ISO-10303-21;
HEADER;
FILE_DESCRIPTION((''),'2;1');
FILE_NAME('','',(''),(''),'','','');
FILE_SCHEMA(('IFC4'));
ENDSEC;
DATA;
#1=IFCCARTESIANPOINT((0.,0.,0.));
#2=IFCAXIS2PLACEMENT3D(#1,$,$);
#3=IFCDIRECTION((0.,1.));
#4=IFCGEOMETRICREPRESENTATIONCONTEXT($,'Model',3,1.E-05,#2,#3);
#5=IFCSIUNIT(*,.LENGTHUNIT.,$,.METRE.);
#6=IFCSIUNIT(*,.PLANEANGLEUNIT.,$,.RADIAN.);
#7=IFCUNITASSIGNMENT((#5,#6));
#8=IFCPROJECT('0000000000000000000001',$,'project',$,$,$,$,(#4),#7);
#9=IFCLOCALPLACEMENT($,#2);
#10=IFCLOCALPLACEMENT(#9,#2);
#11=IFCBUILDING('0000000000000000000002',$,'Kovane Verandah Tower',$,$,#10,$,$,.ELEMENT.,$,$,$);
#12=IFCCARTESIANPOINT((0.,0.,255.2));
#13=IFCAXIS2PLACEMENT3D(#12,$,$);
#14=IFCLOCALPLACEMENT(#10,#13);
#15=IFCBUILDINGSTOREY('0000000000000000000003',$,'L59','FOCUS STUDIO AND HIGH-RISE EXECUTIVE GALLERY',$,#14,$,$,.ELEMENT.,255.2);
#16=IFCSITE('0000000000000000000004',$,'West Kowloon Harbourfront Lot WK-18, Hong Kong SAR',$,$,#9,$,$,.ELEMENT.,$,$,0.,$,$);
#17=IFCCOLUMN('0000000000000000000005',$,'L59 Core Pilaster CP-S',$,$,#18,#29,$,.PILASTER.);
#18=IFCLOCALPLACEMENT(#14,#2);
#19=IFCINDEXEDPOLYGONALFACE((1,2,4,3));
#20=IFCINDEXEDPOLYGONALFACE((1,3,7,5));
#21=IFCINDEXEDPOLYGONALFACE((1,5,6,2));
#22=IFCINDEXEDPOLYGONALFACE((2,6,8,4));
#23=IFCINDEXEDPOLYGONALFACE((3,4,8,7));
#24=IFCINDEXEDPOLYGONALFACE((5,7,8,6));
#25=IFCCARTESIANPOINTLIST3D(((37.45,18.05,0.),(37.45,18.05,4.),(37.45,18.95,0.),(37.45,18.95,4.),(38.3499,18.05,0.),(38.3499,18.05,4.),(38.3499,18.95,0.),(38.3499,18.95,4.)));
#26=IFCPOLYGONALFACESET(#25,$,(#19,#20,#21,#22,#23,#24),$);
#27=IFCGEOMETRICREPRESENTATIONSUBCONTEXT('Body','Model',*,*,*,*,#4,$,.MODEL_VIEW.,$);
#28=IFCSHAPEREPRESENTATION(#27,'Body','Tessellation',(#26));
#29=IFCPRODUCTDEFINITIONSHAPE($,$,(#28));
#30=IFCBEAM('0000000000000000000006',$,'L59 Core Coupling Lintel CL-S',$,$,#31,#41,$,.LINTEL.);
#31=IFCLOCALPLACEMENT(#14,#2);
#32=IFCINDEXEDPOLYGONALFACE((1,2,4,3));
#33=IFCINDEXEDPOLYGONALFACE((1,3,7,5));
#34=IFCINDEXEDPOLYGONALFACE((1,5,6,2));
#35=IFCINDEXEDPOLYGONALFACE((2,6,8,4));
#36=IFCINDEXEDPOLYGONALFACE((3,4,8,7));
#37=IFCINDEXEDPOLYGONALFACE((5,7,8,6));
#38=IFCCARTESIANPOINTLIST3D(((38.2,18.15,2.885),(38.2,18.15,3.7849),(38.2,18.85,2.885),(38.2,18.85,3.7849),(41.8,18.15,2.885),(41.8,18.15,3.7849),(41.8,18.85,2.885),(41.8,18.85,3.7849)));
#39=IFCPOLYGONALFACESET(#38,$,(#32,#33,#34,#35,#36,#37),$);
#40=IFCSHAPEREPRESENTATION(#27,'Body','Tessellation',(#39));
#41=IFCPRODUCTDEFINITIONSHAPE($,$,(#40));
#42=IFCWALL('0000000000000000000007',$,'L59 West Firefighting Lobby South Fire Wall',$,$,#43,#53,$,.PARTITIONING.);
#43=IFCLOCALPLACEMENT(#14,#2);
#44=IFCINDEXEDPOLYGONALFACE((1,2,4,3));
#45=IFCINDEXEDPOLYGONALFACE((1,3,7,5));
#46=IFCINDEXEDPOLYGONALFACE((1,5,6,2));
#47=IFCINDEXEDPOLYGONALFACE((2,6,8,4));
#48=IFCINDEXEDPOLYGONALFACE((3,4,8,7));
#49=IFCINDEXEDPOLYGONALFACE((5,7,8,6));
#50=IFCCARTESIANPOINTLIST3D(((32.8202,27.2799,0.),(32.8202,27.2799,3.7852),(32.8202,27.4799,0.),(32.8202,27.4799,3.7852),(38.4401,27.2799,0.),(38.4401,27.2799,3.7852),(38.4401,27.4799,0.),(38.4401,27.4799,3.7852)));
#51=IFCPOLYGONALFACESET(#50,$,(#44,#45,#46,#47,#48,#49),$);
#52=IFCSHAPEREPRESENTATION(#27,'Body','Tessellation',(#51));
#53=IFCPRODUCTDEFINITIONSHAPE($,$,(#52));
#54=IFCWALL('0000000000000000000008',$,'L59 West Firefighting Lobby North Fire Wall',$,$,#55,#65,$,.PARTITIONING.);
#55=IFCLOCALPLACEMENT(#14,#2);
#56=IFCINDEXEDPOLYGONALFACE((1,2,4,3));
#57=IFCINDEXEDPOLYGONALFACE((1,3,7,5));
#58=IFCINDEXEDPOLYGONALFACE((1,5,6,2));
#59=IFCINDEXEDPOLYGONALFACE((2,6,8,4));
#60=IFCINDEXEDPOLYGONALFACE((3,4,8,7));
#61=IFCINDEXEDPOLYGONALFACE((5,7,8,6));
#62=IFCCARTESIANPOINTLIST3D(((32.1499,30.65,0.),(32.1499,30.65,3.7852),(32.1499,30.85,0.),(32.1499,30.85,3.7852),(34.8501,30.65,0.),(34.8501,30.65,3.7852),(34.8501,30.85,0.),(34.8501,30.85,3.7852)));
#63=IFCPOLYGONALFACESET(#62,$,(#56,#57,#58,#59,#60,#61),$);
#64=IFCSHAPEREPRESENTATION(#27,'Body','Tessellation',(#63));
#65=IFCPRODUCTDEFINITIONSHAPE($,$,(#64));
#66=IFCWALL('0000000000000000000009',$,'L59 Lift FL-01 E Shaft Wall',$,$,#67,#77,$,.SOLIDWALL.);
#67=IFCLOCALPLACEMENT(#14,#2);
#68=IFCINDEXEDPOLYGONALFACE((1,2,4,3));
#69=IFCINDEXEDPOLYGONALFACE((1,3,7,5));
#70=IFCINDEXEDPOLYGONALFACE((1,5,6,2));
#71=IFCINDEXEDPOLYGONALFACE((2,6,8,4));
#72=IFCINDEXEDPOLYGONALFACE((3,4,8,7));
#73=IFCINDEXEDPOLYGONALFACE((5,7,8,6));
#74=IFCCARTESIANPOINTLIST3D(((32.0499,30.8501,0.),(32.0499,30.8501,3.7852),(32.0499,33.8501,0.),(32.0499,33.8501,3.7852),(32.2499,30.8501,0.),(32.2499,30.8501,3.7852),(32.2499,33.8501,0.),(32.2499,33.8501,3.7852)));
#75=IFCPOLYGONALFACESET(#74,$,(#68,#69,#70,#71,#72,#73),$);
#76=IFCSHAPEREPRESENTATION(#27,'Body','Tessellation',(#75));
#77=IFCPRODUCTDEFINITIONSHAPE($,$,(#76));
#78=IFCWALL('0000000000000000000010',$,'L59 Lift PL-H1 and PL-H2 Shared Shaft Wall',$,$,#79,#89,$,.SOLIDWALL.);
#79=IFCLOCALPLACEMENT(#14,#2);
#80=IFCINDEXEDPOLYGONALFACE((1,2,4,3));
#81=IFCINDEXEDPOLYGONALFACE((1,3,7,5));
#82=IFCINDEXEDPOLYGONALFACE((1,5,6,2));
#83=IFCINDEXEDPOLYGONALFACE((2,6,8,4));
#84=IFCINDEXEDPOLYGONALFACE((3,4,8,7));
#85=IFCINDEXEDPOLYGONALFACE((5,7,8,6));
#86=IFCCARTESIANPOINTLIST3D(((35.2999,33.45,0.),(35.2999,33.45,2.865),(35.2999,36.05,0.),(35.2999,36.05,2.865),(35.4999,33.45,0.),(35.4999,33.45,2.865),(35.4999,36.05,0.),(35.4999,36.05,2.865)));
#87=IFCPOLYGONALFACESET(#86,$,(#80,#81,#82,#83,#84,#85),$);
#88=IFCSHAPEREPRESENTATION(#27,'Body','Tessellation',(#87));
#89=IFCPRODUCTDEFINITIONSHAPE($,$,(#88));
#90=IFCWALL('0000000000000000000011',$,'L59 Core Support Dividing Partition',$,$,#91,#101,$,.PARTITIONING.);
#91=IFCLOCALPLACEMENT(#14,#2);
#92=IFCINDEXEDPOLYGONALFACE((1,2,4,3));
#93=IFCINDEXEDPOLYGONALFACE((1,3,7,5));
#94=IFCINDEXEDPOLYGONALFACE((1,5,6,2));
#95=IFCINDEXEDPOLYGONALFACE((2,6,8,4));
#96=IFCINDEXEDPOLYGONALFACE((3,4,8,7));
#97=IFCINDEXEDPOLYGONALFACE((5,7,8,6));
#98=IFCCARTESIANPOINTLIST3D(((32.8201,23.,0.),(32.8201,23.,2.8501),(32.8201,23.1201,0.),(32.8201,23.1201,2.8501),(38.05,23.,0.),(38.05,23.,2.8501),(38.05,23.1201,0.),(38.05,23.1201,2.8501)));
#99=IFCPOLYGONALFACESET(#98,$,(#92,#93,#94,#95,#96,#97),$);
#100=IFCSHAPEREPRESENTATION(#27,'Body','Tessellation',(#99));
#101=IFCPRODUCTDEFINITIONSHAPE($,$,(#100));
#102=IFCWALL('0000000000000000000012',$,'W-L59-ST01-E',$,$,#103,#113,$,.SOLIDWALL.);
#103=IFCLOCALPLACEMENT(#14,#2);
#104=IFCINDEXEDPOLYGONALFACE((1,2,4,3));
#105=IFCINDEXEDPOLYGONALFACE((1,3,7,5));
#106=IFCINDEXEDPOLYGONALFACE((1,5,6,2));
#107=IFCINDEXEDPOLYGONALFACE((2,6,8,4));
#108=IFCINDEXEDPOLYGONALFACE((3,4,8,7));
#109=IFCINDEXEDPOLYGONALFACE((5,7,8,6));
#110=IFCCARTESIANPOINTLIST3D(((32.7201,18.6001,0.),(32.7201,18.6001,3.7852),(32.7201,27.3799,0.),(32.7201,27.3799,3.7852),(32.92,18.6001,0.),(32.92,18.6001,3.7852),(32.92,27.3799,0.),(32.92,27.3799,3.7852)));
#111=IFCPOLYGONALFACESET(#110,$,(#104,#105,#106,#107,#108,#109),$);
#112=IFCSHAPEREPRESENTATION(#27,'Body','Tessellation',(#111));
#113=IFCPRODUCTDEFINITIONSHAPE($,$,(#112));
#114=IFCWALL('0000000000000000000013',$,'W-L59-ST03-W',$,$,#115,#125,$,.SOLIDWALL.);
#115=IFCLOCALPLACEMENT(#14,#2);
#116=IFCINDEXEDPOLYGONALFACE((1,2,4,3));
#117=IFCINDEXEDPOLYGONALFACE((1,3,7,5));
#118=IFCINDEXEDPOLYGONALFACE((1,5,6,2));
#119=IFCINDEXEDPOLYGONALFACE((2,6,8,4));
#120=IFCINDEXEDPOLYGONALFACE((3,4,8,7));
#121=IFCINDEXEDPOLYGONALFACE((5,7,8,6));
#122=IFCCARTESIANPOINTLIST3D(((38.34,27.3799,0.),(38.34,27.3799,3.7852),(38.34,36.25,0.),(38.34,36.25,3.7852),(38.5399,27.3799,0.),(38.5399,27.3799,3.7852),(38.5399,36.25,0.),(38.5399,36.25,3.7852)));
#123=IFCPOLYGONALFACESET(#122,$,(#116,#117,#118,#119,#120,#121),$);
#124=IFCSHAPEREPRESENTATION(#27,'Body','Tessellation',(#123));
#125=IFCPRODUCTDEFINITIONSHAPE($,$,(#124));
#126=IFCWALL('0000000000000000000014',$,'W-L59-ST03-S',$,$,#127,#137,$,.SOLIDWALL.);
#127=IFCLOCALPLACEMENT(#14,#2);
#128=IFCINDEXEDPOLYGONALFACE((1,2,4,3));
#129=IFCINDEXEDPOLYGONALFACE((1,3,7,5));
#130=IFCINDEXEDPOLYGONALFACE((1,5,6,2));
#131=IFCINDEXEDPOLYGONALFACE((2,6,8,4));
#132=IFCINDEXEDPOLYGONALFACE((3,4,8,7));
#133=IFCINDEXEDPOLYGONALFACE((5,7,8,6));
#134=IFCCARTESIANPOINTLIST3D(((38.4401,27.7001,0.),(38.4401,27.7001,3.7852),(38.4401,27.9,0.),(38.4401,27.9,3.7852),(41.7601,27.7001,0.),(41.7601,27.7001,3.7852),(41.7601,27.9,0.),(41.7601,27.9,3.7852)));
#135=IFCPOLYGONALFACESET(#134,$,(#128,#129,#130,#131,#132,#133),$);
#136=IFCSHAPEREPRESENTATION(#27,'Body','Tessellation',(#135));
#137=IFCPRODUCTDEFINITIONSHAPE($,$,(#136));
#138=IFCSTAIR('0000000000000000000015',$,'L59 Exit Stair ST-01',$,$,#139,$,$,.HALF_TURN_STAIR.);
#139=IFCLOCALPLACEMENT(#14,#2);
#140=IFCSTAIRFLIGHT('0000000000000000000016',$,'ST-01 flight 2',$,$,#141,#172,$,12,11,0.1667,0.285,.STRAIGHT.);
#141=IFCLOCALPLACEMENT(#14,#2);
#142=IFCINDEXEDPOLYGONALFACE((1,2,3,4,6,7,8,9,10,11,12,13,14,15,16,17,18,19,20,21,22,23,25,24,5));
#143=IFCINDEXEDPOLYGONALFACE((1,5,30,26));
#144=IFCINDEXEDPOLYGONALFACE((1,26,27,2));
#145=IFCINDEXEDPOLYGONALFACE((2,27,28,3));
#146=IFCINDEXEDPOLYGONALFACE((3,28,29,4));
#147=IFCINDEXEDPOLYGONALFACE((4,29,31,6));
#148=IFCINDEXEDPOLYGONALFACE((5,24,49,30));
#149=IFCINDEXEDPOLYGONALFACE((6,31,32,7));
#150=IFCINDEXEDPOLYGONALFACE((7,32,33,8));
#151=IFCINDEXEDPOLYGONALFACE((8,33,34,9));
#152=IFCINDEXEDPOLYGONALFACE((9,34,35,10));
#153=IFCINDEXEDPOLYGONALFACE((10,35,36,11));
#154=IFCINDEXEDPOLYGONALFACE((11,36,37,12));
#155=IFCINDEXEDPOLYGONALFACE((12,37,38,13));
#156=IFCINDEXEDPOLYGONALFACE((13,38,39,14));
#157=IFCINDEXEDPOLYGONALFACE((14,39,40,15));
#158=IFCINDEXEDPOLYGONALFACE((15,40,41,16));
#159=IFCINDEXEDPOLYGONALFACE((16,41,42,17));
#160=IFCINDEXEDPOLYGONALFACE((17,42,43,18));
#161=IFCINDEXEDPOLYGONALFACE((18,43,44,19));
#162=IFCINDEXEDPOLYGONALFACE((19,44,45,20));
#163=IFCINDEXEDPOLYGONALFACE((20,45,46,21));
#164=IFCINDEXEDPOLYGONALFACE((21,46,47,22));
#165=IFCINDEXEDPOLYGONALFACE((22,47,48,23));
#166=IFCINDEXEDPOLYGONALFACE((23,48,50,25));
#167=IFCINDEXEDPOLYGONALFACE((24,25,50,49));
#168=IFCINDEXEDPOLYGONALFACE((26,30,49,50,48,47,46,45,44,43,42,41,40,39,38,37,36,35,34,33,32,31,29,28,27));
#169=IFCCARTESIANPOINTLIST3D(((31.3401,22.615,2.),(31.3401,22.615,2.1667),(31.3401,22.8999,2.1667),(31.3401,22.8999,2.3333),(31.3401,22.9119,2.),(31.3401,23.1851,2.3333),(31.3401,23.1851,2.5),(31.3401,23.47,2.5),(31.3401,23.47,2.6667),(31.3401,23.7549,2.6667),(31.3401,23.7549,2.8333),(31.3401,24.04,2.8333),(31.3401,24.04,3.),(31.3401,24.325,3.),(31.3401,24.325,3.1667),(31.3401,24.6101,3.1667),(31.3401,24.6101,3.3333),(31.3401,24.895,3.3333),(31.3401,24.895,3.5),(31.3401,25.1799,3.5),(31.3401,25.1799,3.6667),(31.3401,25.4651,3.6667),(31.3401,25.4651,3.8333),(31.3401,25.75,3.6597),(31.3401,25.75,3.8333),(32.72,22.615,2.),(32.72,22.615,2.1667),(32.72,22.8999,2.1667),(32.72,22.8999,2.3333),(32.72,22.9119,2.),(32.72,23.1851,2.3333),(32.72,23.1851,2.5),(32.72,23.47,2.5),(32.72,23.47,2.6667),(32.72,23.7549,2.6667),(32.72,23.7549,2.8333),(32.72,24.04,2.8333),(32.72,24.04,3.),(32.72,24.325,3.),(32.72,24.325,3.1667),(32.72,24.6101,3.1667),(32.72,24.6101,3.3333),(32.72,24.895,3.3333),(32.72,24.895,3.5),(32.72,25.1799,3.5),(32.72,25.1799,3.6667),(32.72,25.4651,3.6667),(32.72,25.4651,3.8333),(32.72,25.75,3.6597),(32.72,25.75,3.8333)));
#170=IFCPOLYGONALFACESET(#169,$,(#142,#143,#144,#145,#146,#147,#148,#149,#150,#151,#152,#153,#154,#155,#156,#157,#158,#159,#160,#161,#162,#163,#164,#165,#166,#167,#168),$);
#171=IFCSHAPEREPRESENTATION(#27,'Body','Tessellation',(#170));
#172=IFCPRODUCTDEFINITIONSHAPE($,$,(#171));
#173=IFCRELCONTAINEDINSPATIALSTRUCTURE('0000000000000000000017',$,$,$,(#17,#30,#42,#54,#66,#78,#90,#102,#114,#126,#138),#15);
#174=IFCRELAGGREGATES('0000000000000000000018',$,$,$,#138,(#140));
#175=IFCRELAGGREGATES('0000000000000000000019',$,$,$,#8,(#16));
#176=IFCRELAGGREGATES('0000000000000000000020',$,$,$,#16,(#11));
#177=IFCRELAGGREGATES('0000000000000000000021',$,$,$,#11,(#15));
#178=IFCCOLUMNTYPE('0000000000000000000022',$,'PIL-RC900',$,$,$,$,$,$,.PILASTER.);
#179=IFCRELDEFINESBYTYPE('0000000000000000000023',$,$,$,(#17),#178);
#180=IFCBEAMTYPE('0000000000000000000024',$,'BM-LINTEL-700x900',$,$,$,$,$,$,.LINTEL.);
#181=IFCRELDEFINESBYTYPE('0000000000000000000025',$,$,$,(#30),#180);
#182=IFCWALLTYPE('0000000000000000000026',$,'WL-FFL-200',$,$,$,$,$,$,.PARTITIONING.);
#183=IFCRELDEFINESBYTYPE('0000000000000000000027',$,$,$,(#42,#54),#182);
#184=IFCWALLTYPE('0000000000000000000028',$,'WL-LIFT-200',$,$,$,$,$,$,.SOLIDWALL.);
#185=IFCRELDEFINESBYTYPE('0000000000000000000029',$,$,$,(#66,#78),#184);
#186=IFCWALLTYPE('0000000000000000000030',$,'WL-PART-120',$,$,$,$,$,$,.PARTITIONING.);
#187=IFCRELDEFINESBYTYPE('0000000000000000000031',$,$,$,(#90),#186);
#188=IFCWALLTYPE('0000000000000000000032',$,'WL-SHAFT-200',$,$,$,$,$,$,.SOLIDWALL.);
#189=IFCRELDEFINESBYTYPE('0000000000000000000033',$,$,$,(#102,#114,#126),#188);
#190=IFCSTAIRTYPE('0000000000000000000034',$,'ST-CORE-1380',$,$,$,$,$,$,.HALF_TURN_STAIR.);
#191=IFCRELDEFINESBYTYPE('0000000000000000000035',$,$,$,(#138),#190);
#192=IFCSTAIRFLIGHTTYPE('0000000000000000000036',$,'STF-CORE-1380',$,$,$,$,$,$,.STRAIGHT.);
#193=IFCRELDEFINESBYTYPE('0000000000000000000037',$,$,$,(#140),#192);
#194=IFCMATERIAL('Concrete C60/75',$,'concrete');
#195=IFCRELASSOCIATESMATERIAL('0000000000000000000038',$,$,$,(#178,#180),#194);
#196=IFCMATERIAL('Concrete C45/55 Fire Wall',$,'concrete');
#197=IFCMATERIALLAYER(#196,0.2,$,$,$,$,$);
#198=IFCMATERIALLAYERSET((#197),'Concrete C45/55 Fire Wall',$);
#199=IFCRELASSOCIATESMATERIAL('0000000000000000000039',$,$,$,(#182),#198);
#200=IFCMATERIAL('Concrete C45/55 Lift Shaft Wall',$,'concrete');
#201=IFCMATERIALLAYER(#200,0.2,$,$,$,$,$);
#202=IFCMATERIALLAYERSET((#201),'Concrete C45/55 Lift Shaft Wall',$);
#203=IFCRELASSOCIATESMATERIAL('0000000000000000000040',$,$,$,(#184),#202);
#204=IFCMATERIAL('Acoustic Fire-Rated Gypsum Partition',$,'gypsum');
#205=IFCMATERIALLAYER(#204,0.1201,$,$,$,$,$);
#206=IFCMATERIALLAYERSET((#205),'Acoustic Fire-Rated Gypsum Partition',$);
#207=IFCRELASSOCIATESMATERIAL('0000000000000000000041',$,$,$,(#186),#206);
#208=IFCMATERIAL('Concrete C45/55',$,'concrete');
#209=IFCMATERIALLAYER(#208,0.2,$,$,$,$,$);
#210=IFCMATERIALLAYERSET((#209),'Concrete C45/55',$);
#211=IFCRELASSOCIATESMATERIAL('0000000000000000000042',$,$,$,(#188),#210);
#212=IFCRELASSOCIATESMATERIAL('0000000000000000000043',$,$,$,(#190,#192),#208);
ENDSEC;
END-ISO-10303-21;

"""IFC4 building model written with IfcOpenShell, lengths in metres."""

from ifc_helpers import new_model, si_unit, direction, frame, frame_2d, origin, origin_2d, place, context, subcontext, project, spatial, polyline, rectangle, outline, extrude, material, layer, layer_set, material_profile, profile_set, type_object, element, aggregate, save


model = new_model("IFC4")

# Units and contexts
model_context = context("Model", 3, precision=1e-05, world=origin(), true_north=direction((0.0, 1.0)))
body_context = subcontext(model_context, "Body", "Model", "MODEL_VIEW")
ifc_project = project(units=[si_unit("LENGTHUNIT", "METRE"), si_unit("PLANEANGLEUNIT", "RADIAN")], contexts=[model_context])

# Site, building, storey
site_placement = place(None, origin())
site = spatial("IfcSite", under=ifc_project, at=site_placement, Name="West Kowloon Harbourfront Lot WK-18, Hong Kong SAR", CompositionType="ELEMENT", RefElevation=0.0)
building_placement = place(site_placement, origin())
building = spatial("IfcBuilding", under=site, at=building_placement, Name="Kovane Verandah Tower", CompositionType="ELEMENT")
storey_placement = place(building_placement, frame((0.0, 0.0, 255.2)))
storey = spatial("IfcBuildingStorey", under=building, at=storey_placement, Name="L59", Description="FOCUS STUDIO AND HIGH-RISE EXECUTIVE GALLERY", CompositionType="ELEMENT", Elevation=255.2)

# Column
ifc_material_1 = material(Name="Concrete C60/75", Category="concrete")
ifc_material_profile_1 = material_profile(ifc_material_1, rectangle(XDim=0.8999, YDim=0.8999, at=origin_2d()), Name="RC900x900")
ifc_profile_set_1 = profile_set([ifc_material_profile_1], Name="Concrete C60/75")
column_type = type_object("IfcColumnType", Name="PIL-RC900", PredefinedType="PILASTER", material=ifc_profile_set_1)
column_placement = place(storey_placement, frame((37.8999, 18.5, 0.0), z_axis=(0.0, 0.0, 1.0), x_axis=(1.0, 0.0, 0.0)))
element("IfcColumn", 1, at=column_placement, inside=storey, type_object=column_type, Name="L59 Core Pilaster CP-S", PredefinedType="PILASTER", context=body_context, shape_type="SweptSolid", body=[
    extrude(rectangle(XDim=0.8999, YDim=0.8999, at=origin_2d()), origin(), (0.0, 0.0, 1.0), 4.0),
])

# Beam
ifc_material_profile_2 = material_profile(ifc_material_1, rectangle(XDim=0.7, YDim=0.8999, at=origin_2d()), Name="RCB700x900")
ifc_profile_set_2 = profile_set([ifc_material_profile_2], Name="Concrete C60/75")
beam_type = type_object("IfcBeamType", Name="BM-LINTEL-700x900", PredefinedType="LINTEL", material=ifc_profile_set_2)
beam_placement = place(storey_placement, frame((38.2, 18.5, 3.335), z_axis=(1.0, 0.0, 0.0), x_axis=(0.0, 1.0, 0.0)))
element("IfcBeam", 2, at=beam_placement, inside=storey, type_object=beam_type, Name="L59 Core Coupling Lintel CL-S", PredefinedType="LINTEL", context=body_context, shape_type="SweptSolid", body=[
    extrude(rectangle(XDim=0.7, YDim=0.8999, at=origin_2d()), origin(), (0.0, 0.0, 1.0), 3.6001),
])

# Shared definitions
ifc_material_2 = material(Name="Concrete C45/55 Fire Wall", Category="concrete")
ifc_layer_1 = layer(ifc_material_2, 0.2)
ifc_layer_set_1 = layer_set([ifc_layer_1], Name="Concrete C45/55 Fire Wall")
wall_type_1 = type_object("IfcWallType", Name="WL-FFL-200", PredefinedType="PARTITIONING", material=ifc_layer_set_1)

# Walls
wall_1_placement = place(storey_placement, frame((32.8201, 27.3799, 0.0), z_axis=(0.0, 0.0, 1.0), x_axis=(1.0, 0.0, 0.0)))
element("IfcWall", 3, at=wall_1_placement, inside=storey, type_object=wall_type_1, Name="L59 West Firefighting Lobby South Fire Wall", PredefinedType="PARTITIONING", context=body_context, shape_type="SweptSolid", body=[
    extrude(rectangle(XDim=5.6199, YDim=0.2, at=frame_2d((2.8101, 0.0))), origin(), (0.0, 0.0, 1.0), 3.7852),
])
wall_2_placement = place(storey_placement, frame((32.1499, 30.75, 0.0), z_axis=(0.0, 0.0, 1.0), x_axis=(1.0, 0.0, 0.0)))
element("IfcWall", 4, at=wall_2_placement, inside=storey, type_object=wall_type_1, Name="L59 West Firefighting Lobby North Fire Wall", PredefinedType="PARTITIONING", context=body_context, shape_type="SweptSolid", body=[
    extrude(rectangle(XDim=2.7002, YDim=0.2, at=frame_2d((1.3501, 0.0))), origin(), (0.0, 0.0, 1.0), 3.7852),
])
ifc_material_3 = material(Name="Concrete C45/55 Lift Shaft Wall", Category="concrete")
ifc_layer_2 = layer(ifc_material_3, 0.2)
ifc_layer_set_2 = layer_set([ifc_layer_2], Name="Concrete C45/55 Lift Shaft Wall")
wall_type_2 = type_object("IfcWallType", Name="WL-LIFT-200", PredefinedType="SOLIDWALL", material=ifc_layer_set_2)
wall_3_placement = place(storey_placement, frame((32.1499, 30.8501, 0.0), z_axis=(0.0, 0.0, 1.0), x_axis=(0.0, 1.0, 0.0)))
element("IfcWall", 5, at=wall_3_placement, inside=storey, type_object=wall_type_2, Name="L59 Lift FL-01 E Shaft Wall", PredefinedType="SOLIDWALL", context=body_context, shape_type="SweptSolid", body=[
    extrude(rectangle(XDim=3.0, YDim=0.2, at=frame_2d((1.5, 0.0))), origin(), (0.0, 0.0, 1.0), 3.7852),
])

# Walls
wall_4_placement = place(storey_placement, frame((35.3999, 33.45, 0.0), z_axis=(0.0, 0.0, 1.0), x_axis=(0.0, 1.0, 0.0)))
element("IfcWall", 6, at=wall_4_placement, inside=storey, type_object=wall_type_2, Name="L59 Lift PL-H1 and PL-H2 Shared Shaft Wall", PredefinedType="SOLIDWALL", context=body_context, shape_type="SweptSolid", body=[
    extrude(rectangle(XDim=2.6001, YDim=0.2, at=frame_2d((1.3, 0.0))), origin(), (0.0, 0.0, 1.0), 2.865),
])
ifc_material_4 = material(Name="Acoustic Fire-Rated Gypsum Partition", Category="gypsum")
ifc_layer_3 = layer(ifc_material_4, 0.1201)
ifc_layer_set_3 = layer_set([ifc_layer_3], Name="Acoustic Fire-Rated Gypsum Partition")
wall_type_3 = type_object("IfcWallType", Name="WL-PART-120", PredefinedType="PARTITIONING", material=ifc_layer_set_3)
wall_5_placement = place(storey_placement, frame((32.8201, 23.0601, 0.0), z_axis=(0.0, 0.0, 1.0), x_axis=(1.0, 0.0, 0.0)))
element("IfcWall", 7, at=wall_5_placement, inside=storey, type_object=wall_type_3, Name="L59 Core Support Dividing Partition", PredefinedType="PARTITIONING", context=body_context, shape_type="SweptSolid", body=[
    extrude(rectangle(XDim=5.23, YDim=0.1201, at=frame_2d((2.615, 0.0))), origin(), (0.0, 0.0, 1.0), 2.8501),
])
ifc_material_5 = material(Name="Concrete C45/55", Category="concrete")
ifc_layer_4 = layer(ifc_material_5, 0.2)
ifc_layer_set_4 = layer_set([ifc_layer_4], Name="Concrete C45/55")
wall_type_4 = type_object("IfcWallType", Name="WL-SHAFT-200", PredefinedType="SOLIDWALL", material=ifc_layer_set_4)
wall_6_placement = place(storey_placement, frame((32.8201, 18.6001, 0.0), z_axis=(0.0, 0.0, 1.0), x_axis=(0.0, 1.0, 0.0)))
element("IfcWall", 8, at=wall_6_placement, inside=storey, type_object=wall_type_4, Name="W-L59-ST01-E", PredefinedType="SOLIDWALL", context=body_context, shape_type="SweptSolid", body=[
    extrude(rectangle(XDim=8.7798, YDim=0.2, at=frame_2d((4.3899, 0.0))), origin(), (0.0, 0.0, 1.0), 3.7852),
])
wall_7_placement = place(storey_placement, frame((38.4399, 27.3799, 0.0), z_axis=(0.0, 0.0, 1.0), x_axis=(0.0, 1.0, 0.0)))
element("IfcWall", 9, at=wall_7_placement, inside=storey, type_object=wall_type_4, Name="W-L59-ST03-W", PredefinedType="SOLIDWALL", context=body_context, shape_type="SweptSolid", body=[
    extrude(rectangle(XDim=8.8701, YDim=0.2, at=frame_2d((4.4351, 0.0))), origin(), (0.0, 0.0, 1.0), 3.7852),
])
wall_8_placement = place(storey_placement, frame((38.4399, 27.8, 0.0), z_axis=(0.0, 0.0, 1.0), x_axis=(1.0, 0.0, 0.0)))
element("IfcWall", 10, at=wall_8_placement, inside=storey, type_object=wall_type_4, Name="W-L59-ST03-S", PredefinedType="SOLIDWALL", context=body_context, shape_type="SweptSolid", body=[
    extrude(rectangle(XDim=3.3201, YDim=0.2, at=frame_2d((1.6602, 0.0))), origin(), (0.0, 0.0, 1.0), 3.7852),
])

# Stair, stair flight
stair_type = type_object("IfcStairType", Name="ST-CORE-1380", PredefinedType="HALF_TURN_STAIR", material=ifc_material_5)
stair_placement = place(storey_placement, origin())
stair = element("IfcStair", 11, at=stair_placement, inside=storey, type_object=stair_type, Name="L59 Exit Stair ST-01", PredefinedType="HALF_TURN_STAIR")
stair_flight_type = type_object("IfcStairFlightType", Name="STF-CORE-1380", PredefinedType="STRAIGHT", material=ifc_material_5)
stair_flight_placement = place(storey_placement, frame((32.03, 22.615, 2.0), z_axis=(0.0, 0.0, 1.0), x_axis=(0.0, 1.0, 0.0)))
stair_flight = element("IfcStairFlight", 12, at=stair_flight_placement, type_object=stair_flight_type, Name="ST-01 flight 2", NumberOfRisers=12, NumberOfTreads=11, PredefinedType="STRAIGHT", RiserHeight=0.1667, TreadLength=0.285, context=body_context, shape_type="SweptSolid", body=[
    extrude(outline(polyline([(0.0, 0.0), (0.0, 0.1667), (0.2849, 0.1667), (0.2849, 0.3333), (0.5701, 0.3333), (0.5701, 0.5), (0.855, 0.5), (0.855, 0.6667), (1.1399, 0.6667), (1.1399, 0.8333), (1.425, 0.8333), (1.425, 1.0), (1.71, 1.0), (1.71, 1.1667), (1.9951, 1.1667), (1.9951, 1.3333), (2.28, 1.3333), (2.28, 1.5), (2.5649, 1.5), (2.5649, 1.6667), (2.8501, 1.6667), (2.8501, 1.8333), (3.135, 1.8333), (3.135, 2.0), (3.135, 1.6597), (0.2969, 0.0), (0.0, 0.0)])), frame((0.0, 0.6899, 0.0), z_axis=(0.0, -1.0, 0.0), x_axis=(1.0, 0.0, 0.0)), (0.0, 0.0, 1.0), 1.3799),
])
aggregate(stair, [stair_flight])

save(model, "model.ifc")
